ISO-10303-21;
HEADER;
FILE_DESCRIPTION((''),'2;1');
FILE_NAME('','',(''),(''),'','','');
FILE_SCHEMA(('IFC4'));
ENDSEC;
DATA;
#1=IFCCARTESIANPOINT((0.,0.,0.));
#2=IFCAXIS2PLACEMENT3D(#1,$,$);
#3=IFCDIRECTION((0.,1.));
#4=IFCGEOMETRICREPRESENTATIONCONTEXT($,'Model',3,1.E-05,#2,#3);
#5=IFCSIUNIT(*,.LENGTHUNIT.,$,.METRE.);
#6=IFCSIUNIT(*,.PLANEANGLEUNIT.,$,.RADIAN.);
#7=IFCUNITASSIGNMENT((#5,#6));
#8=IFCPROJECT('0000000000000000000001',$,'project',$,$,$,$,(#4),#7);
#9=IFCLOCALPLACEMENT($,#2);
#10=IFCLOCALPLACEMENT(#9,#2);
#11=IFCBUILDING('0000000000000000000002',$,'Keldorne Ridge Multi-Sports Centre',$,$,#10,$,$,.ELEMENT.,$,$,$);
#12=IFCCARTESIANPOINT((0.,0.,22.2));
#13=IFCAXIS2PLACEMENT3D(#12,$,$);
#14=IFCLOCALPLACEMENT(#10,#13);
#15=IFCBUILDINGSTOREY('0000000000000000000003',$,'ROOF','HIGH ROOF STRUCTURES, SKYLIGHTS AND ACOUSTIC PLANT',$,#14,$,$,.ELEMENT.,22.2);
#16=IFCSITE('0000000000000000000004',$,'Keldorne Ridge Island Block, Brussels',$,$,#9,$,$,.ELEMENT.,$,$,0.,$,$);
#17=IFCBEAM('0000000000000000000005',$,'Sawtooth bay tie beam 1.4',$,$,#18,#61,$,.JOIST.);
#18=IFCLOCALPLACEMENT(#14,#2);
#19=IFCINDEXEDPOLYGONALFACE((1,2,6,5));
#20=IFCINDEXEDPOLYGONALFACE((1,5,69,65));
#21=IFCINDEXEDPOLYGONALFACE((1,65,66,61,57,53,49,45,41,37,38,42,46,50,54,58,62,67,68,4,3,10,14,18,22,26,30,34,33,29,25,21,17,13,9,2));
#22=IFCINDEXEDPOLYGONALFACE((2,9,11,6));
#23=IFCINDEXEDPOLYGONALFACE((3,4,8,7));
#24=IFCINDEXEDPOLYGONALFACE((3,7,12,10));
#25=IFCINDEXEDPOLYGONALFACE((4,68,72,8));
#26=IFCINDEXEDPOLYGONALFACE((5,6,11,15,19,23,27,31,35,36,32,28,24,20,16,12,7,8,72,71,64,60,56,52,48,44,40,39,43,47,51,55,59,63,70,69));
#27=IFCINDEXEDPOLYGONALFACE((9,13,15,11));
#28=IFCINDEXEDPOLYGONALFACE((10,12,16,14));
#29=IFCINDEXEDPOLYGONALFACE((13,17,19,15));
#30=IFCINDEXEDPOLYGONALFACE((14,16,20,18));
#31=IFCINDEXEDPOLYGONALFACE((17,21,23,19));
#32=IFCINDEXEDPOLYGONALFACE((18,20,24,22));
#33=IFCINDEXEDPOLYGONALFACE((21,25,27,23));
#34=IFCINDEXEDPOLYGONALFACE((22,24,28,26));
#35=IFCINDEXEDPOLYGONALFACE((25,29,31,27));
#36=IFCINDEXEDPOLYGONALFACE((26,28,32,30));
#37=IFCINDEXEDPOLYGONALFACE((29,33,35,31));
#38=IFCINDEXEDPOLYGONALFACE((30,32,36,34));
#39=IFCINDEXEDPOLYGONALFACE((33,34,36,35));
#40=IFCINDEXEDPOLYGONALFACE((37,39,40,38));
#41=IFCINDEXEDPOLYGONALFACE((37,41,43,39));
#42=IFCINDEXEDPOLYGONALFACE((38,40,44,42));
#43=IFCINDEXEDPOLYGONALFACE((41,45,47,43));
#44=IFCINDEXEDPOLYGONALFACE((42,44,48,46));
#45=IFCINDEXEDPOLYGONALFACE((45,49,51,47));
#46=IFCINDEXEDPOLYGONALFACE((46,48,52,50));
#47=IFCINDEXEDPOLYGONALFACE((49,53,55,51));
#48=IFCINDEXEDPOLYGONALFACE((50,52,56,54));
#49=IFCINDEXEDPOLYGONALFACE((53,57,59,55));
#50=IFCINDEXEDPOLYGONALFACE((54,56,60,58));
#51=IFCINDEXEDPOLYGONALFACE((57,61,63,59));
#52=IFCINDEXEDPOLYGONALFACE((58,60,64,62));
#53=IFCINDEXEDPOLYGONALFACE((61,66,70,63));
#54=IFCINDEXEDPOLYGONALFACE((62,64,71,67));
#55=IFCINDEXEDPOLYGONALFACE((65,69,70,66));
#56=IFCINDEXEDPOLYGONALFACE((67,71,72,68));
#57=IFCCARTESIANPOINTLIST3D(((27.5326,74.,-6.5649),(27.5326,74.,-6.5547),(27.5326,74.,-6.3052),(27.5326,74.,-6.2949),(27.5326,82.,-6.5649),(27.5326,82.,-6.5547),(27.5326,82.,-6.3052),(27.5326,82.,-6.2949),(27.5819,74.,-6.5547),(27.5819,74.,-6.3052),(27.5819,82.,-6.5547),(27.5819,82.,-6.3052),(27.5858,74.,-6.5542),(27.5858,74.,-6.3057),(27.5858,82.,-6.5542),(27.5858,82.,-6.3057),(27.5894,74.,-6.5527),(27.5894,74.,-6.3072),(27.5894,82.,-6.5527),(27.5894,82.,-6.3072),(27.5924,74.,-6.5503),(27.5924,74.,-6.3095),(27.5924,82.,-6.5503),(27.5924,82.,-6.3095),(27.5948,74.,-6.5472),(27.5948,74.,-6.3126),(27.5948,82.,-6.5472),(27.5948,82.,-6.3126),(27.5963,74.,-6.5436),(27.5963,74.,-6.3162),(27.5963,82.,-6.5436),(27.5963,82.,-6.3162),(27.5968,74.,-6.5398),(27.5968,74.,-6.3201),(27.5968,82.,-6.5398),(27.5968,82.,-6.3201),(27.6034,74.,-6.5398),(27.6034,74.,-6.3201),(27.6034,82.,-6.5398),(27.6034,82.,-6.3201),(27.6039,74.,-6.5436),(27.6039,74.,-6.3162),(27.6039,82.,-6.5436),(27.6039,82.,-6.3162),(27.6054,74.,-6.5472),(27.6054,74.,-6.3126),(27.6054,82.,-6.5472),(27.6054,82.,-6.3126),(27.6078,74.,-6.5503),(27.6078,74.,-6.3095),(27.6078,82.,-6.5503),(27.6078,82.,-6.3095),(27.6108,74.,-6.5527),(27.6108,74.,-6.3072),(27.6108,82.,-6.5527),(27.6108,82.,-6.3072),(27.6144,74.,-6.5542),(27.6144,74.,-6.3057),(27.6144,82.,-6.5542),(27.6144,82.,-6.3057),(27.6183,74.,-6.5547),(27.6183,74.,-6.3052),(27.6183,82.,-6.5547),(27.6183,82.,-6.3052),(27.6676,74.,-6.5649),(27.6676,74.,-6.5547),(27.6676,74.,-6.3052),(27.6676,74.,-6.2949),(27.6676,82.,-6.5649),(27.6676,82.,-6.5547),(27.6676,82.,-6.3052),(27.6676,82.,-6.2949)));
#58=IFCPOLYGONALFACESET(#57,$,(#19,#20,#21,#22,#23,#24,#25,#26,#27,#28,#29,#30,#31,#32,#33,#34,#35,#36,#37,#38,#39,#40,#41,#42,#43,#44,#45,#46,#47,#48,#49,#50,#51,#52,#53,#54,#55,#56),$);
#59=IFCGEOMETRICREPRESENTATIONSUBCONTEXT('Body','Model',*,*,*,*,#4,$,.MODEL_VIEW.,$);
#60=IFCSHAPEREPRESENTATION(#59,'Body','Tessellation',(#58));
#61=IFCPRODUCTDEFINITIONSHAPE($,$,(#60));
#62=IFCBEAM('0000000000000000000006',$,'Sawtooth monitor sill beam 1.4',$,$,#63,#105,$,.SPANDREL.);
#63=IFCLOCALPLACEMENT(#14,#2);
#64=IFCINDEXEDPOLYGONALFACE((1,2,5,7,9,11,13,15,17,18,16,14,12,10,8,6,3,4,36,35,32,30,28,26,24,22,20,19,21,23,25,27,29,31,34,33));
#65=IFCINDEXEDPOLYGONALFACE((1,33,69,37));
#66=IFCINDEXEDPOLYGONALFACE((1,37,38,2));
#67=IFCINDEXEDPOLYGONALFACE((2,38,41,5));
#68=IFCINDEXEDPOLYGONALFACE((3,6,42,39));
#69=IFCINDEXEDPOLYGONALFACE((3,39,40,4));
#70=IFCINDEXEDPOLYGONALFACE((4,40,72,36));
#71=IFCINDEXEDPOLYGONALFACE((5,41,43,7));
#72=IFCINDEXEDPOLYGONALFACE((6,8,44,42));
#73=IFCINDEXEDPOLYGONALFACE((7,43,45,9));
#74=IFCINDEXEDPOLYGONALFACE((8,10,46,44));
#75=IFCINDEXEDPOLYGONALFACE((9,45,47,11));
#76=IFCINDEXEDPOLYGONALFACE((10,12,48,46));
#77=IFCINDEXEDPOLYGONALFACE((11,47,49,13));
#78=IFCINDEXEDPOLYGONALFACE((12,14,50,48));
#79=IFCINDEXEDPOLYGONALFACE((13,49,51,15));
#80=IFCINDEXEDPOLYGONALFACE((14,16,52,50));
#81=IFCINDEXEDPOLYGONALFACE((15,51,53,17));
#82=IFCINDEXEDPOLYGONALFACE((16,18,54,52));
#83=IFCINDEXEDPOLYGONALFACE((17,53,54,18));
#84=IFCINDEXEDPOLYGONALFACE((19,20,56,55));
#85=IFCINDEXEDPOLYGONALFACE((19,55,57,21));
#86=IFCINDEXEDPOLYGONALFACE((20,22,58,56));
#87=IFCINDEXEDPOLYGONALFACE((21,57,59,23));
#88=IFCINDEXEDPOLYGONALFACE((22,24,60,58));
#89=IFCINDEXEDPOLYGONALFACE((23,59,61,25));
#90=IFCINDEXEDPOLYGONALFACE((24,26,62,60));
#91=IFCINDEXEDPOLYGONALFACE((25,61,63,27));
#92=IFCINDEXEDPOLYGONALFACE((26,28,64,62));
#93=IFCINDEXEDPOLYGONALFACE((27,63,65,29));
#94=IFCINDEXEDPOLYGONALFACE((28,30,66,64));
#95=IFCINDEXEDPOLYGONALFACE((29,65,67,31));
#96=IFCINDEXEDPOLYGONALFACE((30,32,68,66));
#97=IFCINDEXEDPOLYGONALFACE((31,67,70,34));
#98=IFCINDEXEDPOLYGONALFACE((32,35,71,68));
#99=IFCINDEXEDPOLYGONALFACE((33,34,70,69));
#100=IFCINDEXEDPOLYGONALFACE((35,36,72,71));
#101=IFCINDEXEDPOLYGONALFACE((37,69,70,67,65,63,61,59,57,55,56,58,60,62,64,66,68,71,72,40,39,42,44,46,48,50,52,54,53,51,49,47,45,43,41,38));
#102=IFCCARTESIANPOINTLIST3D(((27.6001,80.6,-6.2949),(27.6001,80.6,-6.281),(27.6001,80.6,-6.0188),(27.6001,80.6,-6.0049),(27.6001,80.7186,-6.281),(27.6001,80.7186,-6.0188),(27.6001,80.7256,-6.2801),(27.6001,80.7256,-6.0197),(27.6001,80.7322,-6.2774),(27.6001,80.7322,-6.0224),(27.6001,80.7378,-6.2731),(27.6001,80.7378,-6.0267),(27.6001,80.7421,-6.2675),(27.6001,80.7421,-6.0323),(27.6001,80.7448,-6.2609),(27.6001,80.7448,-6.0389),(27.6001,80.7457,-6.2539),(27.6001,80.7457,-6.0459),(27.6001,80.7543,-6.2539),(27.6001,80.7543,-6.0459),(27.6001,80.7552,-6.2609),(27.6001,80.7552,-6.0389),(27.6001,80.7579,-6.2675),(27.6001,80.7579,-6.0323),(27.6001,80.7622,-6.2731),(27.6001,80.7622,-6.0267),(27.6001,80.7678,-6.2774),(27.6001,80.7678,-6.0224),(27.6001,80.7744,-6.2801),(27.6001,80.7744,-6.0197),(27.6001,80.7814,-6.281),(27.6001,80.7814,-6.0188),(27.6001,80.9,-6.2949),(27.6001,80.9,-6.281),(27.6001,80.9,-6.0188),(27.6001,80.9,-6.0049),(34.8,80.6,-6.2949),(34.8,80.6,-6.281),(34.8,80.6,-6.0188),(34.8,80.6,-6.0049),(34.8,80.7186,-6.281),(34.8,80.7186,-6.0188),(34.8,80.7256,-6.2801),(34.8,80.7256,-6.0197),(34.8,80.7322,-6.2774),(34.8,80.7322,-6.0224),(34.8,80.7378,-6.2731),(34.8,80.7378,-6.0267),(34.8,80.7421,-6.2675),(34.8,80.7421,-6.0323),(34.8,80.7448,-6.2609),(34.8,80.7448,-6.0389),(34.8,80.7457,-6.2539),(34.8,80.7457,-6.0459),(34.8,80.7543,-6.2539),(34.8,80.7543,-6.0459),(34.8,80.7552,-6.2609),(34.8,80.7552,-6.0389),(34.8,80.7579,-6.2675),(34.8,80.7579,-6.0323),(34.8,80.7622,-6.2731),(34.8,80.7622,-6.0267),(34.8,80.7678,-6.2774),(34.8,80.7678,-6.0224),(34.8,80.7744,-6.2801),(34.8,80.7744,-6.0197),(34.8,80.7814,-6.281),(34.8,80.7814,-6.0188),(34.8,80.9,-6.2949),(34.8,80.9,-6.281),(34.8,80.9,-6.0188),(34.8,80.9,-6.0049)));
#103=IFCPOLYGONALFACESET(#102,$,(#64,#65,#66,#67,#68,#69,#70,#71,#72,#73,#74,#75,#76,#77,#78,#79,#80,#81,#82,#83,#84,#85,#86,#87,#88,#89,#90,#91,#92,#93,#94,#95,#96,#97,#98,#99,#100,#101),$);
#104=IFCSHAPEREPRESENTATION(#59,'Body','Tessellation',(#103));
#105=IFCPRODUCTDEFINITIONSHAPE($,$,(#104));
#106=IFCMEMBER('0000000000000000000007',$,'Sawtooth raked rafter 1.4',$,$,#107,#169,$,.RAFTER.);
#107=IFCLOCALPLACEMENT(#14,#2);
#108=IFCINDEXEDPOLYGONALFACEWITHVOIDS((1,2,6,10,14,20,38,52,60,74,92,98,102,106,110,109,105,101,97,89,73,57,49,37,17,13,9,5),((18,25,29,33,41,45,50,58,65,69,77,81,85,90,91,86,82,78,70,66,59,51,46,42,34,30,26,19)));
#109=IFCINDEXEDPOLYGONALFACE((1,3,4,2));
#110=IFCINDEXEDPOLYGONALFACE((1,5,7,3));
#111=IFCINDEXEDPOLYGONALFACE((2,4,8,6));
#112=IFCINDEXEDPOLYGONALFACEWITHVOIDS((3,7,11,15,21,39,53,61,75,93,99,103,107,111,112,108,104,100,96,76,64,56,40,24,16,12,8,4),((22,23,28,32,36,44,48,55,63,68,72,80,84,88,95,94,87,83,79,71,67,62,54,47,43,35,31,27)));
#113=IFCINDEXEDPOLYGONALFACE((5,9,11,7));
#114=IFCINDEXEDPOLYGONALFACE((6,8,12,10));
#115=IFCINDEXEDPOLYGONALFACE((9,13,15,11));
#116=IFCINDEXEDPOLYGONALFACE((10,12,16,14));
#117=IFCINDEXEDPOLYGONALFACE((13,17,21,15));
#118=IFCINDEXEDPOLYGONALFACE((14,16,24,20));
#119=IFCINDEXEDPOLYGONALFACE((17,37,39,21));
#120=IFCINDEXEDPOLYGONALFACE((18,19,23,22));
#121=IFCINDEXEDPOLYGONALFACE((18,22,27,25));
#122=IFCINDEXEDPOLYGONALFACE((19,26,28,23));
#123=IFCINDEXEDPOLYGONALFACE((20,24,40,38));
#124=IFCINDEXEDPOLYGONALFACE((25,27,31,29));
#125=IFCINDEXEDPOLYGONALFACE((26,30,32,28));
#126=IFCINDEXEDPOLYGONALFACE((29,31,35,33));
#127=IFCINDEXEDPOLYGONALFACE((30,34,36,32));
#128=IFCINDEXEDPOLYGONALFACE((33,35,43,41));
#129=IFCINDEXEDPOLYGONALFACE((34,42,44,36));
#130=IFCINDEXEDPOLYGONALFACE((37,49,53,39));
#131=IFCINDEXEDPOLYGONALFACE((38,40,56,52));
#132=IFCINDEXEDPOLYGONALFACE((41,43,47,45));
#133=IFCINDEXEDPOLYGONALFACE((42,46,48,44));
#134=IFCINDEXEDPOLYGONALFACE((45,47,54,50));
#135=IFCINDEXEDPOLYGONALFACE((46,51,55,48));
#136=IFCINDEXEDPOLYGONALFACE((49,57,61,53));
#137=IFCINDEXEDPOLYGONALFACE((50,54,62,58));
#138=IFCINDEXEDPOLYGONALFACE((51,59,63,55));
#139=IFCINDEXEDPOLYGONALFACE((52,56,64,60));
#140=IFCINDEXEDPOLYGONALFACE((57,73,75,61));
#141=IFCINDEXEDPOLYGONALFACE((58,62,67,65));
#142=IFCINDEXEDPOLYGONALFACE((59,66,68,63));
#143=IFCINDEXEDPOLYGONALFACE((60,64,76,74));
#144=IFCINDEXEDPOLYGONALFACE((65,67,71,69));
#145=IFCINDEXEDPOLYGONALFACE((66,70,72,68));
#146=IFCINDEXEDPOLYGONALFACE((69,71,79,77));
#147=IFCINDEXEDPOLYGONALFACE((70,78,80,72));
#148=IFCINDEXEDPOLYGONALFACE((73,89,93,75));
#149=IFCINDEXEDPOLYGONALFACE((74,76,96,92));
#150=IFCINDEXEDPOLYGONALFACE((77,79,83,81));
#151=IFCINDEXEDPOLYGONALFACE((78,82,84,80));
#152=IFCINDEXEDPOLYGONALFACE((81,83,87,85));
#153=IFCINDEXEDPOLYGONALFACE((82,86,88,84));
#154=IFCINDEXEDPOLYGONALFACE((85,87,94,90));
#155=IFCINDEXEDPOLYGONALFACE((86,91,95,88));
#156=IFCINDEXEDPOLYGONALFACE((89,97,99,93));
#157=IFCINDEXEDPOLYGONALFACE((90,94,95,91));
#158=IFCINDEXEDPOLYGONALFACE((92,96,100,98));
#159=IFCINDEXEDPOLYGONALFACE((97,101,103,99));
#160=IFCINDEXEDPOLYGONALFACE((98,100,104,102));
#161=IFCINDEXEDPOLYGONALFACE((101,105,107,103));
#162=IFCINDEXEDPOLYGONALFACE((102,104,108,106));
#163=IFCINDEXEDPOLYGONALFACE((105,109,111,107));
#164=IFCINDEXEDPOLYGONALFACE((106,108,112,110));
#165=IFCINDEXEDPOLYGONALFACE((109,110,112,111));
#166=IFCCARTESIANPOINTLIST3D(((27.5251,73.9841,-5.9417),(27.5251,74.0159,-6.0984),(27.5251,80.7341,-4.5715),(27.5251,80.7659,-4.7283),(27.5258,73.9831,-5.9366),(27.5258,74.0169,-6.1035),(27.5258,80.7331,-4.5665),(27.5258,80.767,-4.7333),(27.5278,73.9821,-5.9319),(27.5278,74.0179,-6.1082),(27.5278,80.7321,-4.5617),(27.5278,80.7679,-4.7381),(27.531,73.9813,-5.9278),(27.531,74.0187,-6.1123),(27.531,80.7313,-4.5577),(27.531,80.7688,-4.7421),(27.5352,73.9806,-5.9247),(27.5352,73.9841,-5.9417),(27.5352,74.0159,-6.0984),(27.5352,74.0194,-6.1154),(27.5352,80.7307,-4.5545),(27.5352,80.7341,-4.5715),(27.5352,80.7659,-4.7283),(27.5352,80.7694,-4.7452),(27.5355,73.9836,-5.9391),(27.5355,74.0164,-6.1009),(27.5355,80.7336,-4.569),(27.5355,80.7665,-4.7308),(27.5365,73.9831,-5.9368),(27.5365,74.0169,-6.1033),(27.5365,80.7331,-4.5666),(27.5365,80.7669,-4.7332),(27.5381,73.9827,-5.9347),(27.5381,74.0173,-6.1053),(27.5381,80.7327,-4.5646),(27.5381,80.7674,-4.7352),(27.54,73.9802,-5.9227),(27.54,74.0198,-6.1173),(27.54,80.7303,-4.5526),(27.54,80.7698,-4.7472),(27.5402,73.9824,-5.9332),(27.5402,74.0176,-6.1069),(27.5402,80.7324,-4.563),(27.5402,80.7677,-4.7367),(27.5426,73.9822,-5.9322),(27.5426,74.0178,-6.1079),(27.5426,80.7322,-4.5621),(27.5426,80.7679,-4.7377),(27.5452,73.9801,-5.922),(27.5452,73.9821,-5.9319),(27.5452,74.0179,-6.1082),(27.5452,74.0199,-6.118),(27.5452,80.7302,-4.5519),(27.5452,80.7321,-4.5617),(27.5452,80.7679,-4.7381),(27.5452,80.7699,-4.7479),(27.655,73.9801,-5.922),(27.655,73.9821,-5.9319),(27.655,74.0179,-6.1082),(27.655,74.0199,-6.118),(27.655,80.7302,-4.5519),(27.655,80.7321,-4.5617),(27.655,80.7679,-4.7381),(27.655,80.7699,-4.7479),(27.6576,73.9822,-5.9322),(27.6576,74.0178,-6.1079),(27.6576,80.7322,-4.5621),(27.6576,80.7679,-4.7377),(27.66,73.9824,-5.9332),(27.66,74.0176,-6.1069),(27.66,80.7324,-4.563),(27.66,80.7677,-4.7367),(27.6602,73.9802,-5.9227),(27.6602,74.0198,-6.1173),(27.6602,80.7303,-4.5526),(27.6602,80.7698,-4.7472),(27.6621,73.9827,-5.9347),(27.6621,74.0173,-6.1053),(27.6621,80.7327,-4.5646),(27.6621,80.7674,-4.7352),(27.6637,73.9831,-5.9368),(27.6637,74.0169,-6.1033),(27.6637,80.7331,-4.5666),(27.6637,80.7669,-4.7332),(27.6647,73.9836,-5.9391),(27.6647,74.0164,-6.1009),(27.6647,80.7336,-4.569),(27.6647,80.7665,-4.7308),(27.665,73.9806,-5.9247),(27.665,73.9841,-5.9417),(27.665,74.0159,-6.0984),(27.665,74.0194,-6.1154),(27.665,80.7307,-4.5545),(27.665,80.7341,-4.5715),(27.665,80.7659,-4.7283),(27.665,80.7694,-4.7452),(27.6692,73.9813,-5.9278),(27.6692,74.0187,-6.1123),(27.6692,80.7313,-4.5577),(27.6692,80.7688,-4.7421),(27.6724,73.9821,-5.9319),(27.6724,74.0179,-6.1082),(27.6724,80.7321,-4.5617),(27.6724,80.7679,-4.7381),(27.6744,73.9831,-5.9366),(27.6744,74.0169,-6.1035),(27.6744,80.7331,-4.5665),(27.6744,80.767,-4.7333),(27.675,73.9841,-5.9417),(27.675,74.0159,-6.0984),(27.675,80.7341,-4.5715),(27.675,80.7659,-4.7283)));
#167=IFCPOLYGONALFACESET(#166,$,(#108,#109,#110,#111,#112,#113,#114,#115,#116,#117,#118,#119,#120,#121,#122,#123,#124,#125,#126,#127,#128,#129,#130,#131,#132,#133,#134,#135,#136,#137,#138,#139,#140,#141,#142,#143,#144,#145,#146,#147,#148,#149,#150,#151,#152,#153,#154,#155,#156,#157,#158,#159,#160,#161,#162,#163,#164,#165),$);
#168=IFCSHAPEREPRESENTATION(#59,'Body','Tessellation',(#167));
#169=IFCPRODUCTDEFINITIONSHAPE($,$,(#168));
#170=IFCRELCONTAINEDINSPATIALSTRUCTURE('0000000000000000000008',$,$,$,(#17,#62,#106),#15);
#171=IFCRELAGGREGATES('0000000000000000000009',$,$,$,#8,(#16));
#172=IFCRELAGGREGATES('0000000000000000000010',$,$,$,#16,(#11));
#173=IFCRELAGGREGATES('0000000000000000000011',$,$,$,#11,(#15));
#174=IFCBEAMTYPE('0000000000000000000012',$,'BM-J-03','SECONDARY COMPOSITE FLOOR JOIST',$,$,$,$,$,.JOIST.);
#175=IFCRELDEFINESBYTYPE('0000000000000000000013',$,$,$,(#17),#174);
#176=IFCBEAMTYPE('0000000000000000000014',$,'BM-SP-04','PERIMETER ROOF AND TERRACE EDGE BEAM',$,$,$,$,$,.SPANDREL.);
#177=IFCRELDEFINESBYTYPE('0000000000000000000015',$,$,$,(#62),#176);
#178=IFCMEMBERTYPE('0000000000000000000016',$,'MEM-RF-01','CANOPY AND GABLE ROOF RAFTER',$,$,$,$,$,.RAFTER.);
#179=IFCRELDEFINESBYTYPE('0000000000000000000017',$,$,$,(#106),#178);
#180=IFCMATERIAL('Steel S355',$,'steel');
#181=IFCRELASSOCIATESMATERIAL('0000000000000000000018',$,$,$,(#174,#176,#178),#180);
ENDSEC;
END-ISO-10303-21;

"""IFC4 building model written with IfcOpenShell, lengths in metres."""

from ifc_helpers import new_model, si_unit, direction, frame, origin, origin_2d, place, context, subcontext, project, spatial, hollow_rectangle, i_section, extrude, material, material_profile, profile_set, type_object, element, save


model = new_model("IFC4")

# Units and contexts
model_context = context("Model", 3, precision=1e-05, world=origin(), true_north=direction((0.0, 1.0)))
body_context = subcontext(model_context, "Body", "Model", "MODEL_VIEW")
ifc_project = project(units=[si_unit("LENGTHUNIT", "METRE"), si_unit("PLANEANGLEUNIT", "RADIAN")], contexts=[model_context])

# Site, building, storey
site_placement = place(None, origin())
site = spatial("IfcSite", under=ifc_project, at=site_placement, Name="Keldorne Ridge Island Block, Brussels", CompositionType="ELEMENT", RefElevation=0.0)
building_placement = place(site_placement, origin())
building = spatial("IfcBuilding", under=site, at=building_placement, Name="Keldorne Ridge Multi-Sports Centre", CompositionType="ELEMENT")
storey_placement = place(building_placement, frame((0.0, 0.0, 22.2)))
storey = spatial("IfcBuildingStorey", under=building, at=storey_placement, Name="ROOF", Description="HIGH ROOF STRUCTURES, SKYLIGHTS AND ACOUSTIC PLANT", CompositionType="ELEMENT", Elevation=22.2)

# Beams
ifc_material_1 = material(Name="Steel S355", Category="steel")
ifc_material_profile_1 = material_profile(ifc_material_1, i_section(OverallWidth=0.135, OverallDepth=0.27, WebThickness=0.0066, FlangeThickness=0.0103, FilletRadius=0.0149, at=origin_2d()), Name="IPE 270")
ifc_profile_set_1 = profile_set([ifc_material_profile_1], Name="Steel S355")
beam_type_1 = type_object("IfcBeamType", Name="BM-J-03", Description="SECONDARY COMPOSITE FLOOR JOIST", PredefinedType="JOIST", material=ifc_profile_set_1)
beam_1_placement = place(storey_placement, frame((27.6001, 74.0, -6.4299), z_axis=(0.0, 1.0, 0.0), x_axis=(-1.0, 0.0, 0.0)))
element("IfcBeam", 1, at=beam_1_placement, inside=storey, type_object=beam_type_1, Name="Sawtooth bay tie beam 1.4", PredefinedType="JOIST", context=body_context, shape_type="SweptSolid", body=[
    extrude(i_section(OverallWidth=0.135, OverallDepth=0.27, WebThickness=0.0066, FlangeThickness=0.0103, FilletRadius=0.0149, at=origin_2d()), origin(), (0.0, 0.0, 1.0), 8.0),
])
ifc_material_profile_2 = material_profile(ifc_material_1, i_section(OverallWidth=0.3, OverallDepth=0.29, WebThickness=0.0085, FlangeThickness=0.0139, FilletRadius=0.0271, at=origin_2d()), Name="HEA 300")
ifc_profile_set_2 = profile_set([ifc_material_profile_2], Name="Steel S355")
beam_type_2 = type_object("IfcBeamType", Name="BM-SP-04", Description="PERIMETER ROOF AND TERRACE EDGE BEAM", PredefinedType="SPANDREL", material=ifc_profile_set_2)
beam_2_placement = place(storey_placement, frame((27.6001, 80.75, -6.1499), z_axis=(1.0, 0.0, 0.0), x_axis=(0.0, 1.0, 0.0)))
element("IfcBeam", 2, at=beam_2_placement, inside=storey, type_object=beam_type_2, Name="Sawtooth monitor sill beam 1.4", PredefinedType="SPANDREL", context=body_context, shape_type="SweptSolid", body=[
    extrude(i_section(OverallWidth=0.3, OverallDepth=0.29, WebThickness=0.0085, FlangeThickness=0.0139, FilletRadius=0.0271, at=origin_2d()), origin(), (0.0, 0.0, 1.0), 7.2),
])

# Member
ifc_material_profile_3 = material_profile(ifc_material_1, hollow_rectangle(XDim=0.1499, YDim=0.2, WallThickness=0.01, InnerFilletRadius=0.01, OuterFilletRadius=0.02, at=origin_2d()), Name="RHS 200x150x10")
ifc_profile_set_3 = profile_set([ifc_material_profile_3], Name="Steel S355")
member_type_1 = type_object("IfcMemberType", Name="MEM-RF-01", Description="CANOPY AND GABLE ROOF RAFTER", PredefinedType="RAFTER", material=ifc_profile_set_3)
member_1_placement = place(storey_placement, frame((27.6001, 74.0, -6.02), z_axis=(0.0, 0.980015, 0.198924), x_axis=(-1.0, 0.0, 0.0)))
element("IfcMember", 3, at=member_1_placement, inside=storey, type_object=member_type_1, Name="Sawtooth raked rafter 1.4", PredefinedType="RAFTER", context=body_context, shape_type="SweptSolid", body=[
    extrude(hollow_rectangle(XDim=0.1499, YDim=0.2, WallThickness=0.01, InnerFilletRadius=0.01, OuterFilletRadius=0.02, at=origin_2d()), origin(), (0.0, 0.0, 1.0), 6.8877),
])

save(model, "model.ifc")
